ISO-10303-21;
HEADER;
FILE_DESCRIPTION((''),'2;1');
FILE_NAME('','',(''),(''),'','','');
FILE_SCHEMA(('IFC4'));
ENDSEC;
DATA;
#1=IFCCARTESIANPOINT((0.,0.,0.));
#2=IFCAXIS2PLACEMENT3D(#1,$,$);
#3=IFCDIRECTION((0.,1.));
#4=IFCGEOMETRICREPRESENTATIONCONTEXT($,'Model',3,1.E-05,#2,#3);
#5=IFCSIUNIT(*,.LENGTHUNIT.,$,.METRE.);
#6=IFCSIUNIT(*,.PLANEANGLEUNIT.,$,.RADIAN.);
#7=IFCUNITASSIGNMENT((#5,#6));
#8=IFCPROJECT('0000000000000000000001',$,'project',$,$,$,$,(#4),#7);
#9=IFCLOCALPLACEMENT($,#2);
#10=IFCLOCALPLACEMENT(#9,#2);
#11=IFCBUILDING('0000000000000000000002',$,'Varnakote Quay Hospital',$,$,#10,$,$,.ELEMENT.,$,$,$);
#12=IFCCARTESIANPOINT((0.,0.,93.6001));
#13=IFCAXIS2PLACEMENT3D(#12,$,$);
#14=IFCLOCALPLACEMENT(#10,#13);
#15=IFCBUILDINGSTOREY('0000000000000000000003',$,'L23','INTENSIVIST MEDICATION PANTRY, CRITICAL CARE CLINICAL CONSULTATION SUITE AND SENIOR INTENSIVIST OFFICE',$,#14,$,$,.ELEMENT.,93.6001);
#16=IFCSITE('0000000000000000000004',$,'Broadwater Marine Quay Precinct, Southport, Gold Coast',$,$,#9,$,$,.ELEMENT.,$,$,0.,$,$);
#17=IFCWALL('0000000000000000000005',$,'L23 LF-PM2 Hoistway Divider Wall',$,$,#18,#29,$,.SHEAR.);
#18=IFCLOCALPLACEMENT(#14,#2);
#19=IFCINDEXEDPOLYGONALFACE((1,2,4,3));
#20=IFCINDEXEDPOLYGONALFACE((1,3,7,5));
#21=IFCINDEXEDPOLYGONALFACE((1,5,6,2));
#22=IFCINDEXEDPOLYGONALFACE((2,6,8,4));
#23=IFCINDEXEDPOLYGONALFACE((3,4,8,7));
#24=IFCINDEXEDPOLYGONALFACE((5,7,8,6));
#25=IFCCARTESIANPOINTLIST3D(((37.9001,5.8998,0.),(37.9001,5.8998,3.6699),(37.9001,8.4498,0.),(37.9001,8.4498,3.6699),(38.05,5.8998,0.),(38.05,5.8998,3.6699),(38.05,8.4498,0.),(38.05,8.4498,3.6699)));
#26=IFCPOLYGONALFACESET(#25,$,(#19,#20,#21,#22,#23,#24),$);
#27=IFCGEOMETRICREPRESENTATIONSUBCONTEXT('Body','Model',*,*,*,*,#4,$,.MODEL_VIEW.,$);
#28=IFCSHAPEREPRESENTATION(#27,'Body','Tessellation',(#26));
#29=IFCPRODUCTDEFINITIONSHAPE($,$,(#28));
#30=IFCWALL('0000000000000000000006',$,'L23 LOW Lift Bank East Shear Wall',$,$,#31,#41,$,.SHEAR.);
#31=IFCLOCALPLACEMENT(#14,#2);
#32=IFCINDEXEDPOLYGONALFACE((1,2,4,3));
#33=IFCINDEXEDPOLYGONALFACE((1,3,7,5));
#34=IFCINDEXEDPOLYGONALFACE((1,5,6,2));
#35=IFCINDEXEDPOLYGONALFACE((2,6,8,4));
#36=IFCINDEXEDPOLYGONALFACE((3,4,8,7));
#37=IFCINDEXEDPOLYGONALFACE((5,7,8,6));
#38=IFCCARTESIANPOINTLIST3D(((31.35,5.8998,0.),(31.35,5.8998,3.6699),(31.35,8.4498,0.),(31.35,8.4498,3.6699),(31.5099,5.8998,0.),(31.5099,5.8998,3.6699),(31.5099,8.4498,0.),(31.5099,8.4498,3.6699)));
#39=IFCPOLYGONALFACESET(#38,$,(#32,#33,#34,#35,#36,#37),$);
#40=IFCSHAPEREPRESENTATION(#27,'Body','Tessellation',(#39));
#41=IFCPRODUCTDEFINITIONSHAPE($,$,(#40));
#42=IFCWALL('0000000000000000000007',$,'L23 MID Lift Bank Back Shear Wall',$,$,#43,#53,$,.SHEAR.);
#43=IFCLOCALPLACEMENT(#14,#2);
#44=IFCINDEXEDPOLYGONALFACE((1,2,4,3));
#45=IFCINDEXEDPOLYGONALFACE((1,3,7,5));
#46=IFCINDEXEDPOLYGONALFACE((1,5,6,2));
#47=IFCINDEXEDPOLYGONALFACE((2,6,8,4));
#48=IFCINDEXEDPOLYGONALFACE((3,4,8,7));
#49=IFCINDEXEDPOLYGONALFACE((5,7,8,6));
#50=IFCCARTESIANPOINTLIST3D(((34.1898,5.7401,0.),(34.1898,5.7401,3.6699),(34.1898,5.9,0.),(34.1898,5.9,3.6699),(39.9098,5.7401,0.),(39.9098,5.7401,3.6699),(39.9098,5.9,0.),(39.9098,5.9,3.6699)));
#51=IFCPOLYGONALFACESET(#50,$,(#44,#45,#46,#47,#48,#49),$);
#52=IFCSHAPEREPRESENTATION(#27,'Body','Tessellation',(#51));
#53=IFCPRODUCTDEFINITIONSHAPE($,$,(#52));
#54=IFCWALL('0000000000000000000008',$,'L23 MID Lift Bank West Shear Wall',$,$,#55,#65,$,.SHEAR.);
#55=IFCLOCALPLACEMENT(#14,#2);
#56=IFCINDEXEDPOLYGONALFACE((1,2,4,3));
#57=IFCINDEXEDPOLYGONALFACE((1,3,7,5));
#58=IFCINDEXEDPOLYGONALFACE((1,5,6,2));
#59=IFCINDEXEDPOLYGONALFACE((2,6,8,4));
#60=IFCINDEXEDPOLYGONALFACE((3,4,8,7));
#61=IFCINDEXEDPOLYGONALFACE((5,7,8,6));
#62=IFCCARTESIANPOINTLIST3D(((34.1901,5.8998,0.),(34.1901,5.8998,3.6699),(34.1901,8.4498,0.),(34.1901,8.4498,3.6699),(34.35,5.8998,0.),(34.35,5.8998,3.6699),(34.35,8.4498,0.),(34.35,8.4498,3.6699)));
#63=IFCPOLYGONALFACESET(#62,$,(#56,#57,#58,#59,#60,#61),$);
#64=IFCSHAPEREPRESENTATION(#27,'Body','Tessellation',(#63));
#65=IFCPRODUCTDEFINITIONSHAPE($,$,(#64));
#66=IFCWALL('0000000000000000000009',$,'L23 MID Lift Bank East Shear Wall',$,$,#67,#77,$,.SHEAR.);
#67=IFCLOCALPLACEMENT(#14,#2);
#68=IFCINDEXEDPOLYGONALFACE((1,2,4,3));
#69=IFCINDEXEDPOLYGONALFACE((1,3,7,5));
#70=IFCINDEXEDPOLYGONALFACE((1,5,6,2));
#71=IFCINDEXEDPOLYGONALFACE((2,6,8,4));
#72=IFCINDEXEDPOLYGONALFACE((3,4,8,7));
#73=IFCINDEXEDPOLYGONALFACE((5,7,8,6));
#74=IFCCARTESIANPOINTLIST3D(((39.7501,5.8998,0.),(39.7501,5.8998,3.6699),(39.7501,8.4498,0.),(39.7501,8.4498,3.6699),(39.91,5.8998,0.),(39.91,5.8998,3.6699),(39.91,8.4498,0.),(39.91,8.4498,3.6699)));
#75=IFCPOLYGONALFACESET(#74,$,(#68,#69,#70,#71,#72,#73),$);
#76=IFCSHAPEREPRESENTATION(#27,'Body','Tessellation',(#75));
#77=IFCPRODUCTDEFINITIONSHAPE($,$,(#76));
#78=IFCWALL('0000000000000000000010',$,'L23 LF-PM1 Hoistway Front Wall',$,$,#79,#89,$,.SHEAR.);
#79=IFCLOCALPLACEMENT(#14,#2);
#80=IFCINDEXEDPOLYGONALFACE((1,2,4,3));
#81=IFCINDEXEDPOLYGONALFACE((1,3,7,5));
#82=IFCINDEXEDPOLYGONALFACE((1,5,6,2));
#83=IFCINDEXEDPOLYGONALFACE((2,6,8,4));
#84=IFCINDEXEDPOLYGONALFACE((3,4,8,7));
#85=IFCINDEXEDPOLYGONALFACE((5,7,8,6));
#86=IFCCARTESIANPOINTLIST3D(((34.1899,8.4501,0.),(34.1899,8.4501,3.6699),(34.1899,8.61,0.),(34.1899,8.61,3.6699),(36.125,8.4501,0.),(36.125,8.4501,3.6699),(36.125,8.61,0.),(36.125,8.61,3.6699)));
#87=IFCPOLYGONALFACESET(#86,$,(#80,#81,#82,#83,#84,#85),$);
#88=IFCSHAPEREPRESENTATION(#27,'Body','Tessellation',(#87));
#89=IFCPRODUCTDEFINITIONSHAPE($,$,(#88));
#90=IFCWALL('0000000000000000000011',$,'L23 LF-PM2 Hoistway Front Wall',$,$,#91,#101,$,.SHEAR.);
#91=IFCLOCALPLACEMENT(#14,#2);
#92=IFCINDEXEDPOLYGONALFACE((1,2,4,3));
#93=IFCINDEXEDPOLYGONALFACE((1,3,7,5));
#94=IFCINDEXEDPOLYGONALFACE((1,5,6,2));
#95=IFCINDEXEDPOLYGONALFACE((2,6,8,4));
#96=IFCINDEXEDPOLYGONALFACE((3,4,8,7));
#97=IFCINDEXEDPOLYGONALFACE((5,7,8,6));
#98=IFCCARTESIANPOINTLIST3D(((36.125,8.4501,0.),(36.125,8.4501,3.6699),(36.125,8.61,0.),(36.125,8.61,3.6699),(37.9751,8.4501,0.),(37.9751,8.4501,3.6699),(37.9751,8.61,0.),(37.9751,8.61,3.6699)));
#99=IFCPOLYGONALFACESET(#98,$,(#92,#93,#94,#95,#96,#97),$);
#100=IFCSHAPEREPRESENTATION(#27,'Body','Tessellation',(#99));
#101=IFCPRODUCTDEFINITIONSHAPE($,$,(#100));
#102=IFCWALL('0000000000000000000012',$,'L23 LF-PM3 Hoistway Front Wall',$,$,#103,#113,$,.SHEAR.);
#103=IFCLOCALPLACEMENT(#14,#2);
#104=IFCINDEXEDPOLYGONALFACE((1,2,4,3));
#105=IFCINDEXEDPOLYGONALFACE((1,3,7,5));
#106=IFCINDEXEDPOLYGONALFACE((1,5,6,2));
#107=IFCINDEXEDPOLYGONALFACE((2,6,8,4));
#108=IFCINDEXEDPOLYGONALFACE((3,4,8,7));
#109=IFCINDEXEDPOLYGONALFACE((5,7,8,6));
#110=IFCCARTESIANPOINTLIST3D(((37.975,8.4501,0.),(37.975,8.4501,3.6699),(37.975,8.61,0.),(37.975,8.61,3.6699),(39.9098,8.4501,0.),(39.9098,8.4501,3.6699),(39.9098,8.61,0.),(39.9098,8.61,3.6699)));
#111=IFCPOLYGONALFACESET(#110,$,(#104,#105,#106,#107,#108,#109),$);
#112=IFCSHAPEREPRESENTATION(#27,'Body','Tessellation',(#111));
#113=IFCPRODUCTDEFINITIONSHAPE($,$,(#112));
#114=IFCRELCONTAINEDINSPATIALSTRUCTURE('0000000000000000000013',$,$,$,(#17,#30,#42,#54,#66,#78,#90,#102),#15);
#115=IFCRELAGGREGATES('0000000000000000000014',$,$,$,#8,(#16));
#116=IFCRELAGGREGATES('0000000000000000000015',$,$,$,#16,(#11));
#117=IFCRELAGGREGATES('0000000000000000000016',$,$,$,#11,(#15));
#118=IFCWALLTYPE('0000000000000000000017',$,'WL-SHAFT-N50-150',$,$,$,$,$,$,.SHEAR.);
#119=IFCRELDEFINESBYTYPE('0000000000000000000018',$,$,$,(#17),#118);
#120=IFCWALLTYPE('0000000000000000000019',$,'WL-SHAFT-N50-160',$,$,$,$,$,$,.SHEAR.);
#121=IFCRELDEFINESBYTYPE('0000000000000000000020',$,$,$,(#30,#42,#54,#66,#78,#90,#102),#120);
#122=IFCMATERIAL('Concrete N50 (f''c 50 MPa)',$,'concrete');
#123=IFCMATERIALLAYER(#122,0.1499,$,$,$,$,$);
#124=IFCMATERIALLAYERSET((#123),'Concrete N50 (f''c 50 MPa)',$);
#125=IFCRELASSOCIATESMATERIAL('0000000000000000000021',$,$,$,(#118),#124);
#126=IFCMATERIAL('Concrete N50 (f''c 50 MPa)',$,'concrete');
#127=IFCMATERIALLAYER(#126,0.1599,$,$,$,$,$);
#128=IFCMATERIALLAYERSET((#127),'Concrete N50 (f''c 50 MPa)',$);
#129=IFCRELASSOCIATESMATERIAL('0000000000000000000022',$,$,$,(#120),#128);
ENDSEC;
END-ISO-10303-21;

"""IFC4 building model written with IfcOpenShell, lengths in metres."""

from ifc_helpers import new_model, si_unit, direction, frame, frame_2d, origin, place, context, subcontext, project, spatial, rectangle, extrude, material, layer, layer_set, type_object, element, save


model = new_model("IFC4")

# Units and contexts
model_context = context("Model", 3, precision=1e-05, world=origin(), true_north=direction((0.0, 1.0)))
body_context = subcontext(model_context, "Body", "Model", "MODEL_VIEW")
ifc_project = project(units=[si_unit("LENGTHUNIT", "METRE"), si_unit("PLANEANGLEUNIT", "RADIAN")], contexts=[model_context])

# Site, building, storey
site_placement = place(None, origin())
site = spatial("IfcSite", under=ifc_project, at=site_placement, Name="Broadwater Marine Quay Precinct, Southport, Gold Coast", CompositionType="ELEMENT", RefElevation=0.0)
building_placement = place(site_placement, origin())
building = spatial("IfcBuilding", under=site, at=building_placement, Name="Varnakote Quay Hospital", CompositionType="ELEMENT")
storey_placement = place(building_placement, frame((0.0, 0.0, 93.6001)))
storey = spatial("IfcBuildingStorey", under=building, at=storey_placement, Name="L23", Description="INTENSIVIST MEDICATION PANTRY, CRITICAL CARE CLINICAL CONSULTATION SUITE AND SENIOR INTENSIVIST OFFICE", CompositionType="ELEMENT", Elevation=93.6001)

# Walls
ifc_material_1 = material(Name="Concrete N50 (f'c 50 MPa)", Category="concrete")
ifc_layer_1 = layer(ifc_material_1, 0.1499)
ifc_layer_set_1 = layer_set([ifc_layer_1], Name="Concrete N50 (f'c 50 MPa)")
wall_type_1 = type_object("IfcWallType", Name="WL-SHAFT-N50-150", PredefinedType="SHEAR", material=ifc_layer_set_1)
for number, where, z_axis, x_axis, name in (
    (1, (37.9751, 5.8999, 0.0), (0.0, 0.0, 1.0), (0.0, 1.0, 0.0), "L23 LF-PM2 Hoistway Divider Wall"),
):
    element("IfcWall", number, at=place(storey_placement, frame(where, z_axis=z_axis, x_axis=x_axis)), inside=storey, type_object=wall_type_1, Name=name, PredefinedType="SHEAR", context=body_context, shape_type="SweptSolid", body=[
        extrude(rectangle(XDim=2.55, YDim=0.1499, at=frame_2d((1.2749, 0.0))), origin(), (0.0, 0.0, 1.0), 3.6699),
    ])
ifc_material_2 = material(Name="Concrete N50 (f'c 50 MPa)", Category="concrete")
ifc_layer_2 = layer(ifc_material_2, 0.1599)
ifc_layer_set_2 = layer_set([ifc_layer_2], Name="Concrete N50 (f'c 50 MPa)")
wall_type_2 = type_object("IfcWallType", Name="WL-SHAFT-N50-160", PredefinedType="SHEAR", material=ifc_layer_set_2)
wall_1_placement = place(storey_placement, frame((31.4299, 5.8999, 0.0), z_axis=(0.0, 0.0, 1.0), x_axis=(0.0, 1.0, 0.0)))
element("IfcWall", 2, at=wall_1_placement, inside=storey, type_object=wall_type_2, Name="L23 LOW Lift Bank East Shear Wall", PredefinedType="SHEAR", context=body_context, shape_type="SweptSolid", body=[
    extrude(rectangle(XDim=2.55, YDim=0.1599, at=frame_2d((1.2749, 0.0))), origin(), (0.0, 0.0, 1.0), 3.6699),
])

# Walls
wall_2_placement = place(storey_placement, frame((34.1899, 5.8201, 0.0), z_axis=(0.0, 0.0, 1.0), x_axis=(1.0, 0.0, 0.0)))
element("IfcWall", 3, at=wall_2_placement, inside=storey, type_object=wall_type_2, Name="L23 MID Lift Bank Back Shear Wall", PredefinedType="SHEAR", context=body_context, shape_type="SweptSolid", body=[
    extrude(rectangle(XDim=5.72, YDim=0.1599, at=frame_2d((2.8599, 0.0))), origin(), (0.0, 0.0, 1.0), 3.6699),
])
for number, where, z_axis, x_axis, name in (
    (4, (34.27, 5.8999, 0.0), (0.0, 0.0, 1.0), (0.0, 1.0, 0.0), "L23 MID Lift Bank West Shear Wall"),
    (5, (39.8301, 5.8999, 0.0), (0.0, 0.0, 1.0), (0.0, 1.0, 0.0), "L23 MID Lift Bank East Shear Wall"),
):
    element("IfcWall", number, at=place(storey_placement, frame(where, z_axis=z_axis, x_axis=x_axis)), inside=storey, type_object=wall_type_2, Name=name, PredefinedType="SHEAR", context=body_context, shape_type="SweptSolid", body=[
        extrude(rectangle(XDim=2.55, YDim=0.1599, at=frame_2d((1.2749, 0.0))), origin(), (0.0, 0.0, 1.0), 3.6699),
    ])
wall_3_placement = place(storey_placement, frame((34.1899, 8.53, 0.0), z_axis=(0.0, 0.0, 1.0), x_axis=(1.0, 0.0, 0.0)))
element("IfcWall", 6, at=wall_3_placement, inside=storey, type_object=wall_type_2, Name="L23 LF-PM1 Hoistway Front Wall", PredefinedType="SHEAR", context=body_context, shape_type="SweptSolid", body=[
    extrude(rectangle(XDim=1.9351, YDim=0.1599, at=frame_2d((0.9675, 0.0))), origin(), (0.0, 0.0, 1.0), 3.6699),
])
wall_4_placement = place(storey_placement, frame((36.125, 8.53, 0.0), z_axis=(0.0, 0.0, 1.0), x_axis=(1.0, 0.0, 0.0)))
element("IfcWall", 7, at=wall_4_placement, inside=storey, type_object=wall_type_2, Name="L23 LF-PM2 Hoistway Front Wall", PredefinedType="SHEAR", context=body_context, shape_type="SweptSolid", body=[
    extrude(rectangle(XDim=1.8501, YDim=0.1599, at=frame_2d((0.925, 0.0))), origin(), (0.0, 0.0, 1.0), 3.6699),
])
wall_5_placement = place(storey_placement, frame((37.9751, 8.53, 0.0), z_axis=(0.0, 0.0, 1.0), x_axis=(1.0, 0.0, 0.0)))
element("IfcWall", 8, at=wall_5_placement, inside=storey, type_object=wall_type_2, Name="L23 LF-PM3 Hoistway Front Wall", PredefinedType="SHEAR", context=body_context, shape_type="SweptSolid", body=[
    extrude(rectangle(XDim=1.9348, YDim=0.1599, at=frame_2d((0.9673, 0.0))), origin(), (0.0, 0.0, 1.0), 3.6699),
])

save(model, "model.ifc")
